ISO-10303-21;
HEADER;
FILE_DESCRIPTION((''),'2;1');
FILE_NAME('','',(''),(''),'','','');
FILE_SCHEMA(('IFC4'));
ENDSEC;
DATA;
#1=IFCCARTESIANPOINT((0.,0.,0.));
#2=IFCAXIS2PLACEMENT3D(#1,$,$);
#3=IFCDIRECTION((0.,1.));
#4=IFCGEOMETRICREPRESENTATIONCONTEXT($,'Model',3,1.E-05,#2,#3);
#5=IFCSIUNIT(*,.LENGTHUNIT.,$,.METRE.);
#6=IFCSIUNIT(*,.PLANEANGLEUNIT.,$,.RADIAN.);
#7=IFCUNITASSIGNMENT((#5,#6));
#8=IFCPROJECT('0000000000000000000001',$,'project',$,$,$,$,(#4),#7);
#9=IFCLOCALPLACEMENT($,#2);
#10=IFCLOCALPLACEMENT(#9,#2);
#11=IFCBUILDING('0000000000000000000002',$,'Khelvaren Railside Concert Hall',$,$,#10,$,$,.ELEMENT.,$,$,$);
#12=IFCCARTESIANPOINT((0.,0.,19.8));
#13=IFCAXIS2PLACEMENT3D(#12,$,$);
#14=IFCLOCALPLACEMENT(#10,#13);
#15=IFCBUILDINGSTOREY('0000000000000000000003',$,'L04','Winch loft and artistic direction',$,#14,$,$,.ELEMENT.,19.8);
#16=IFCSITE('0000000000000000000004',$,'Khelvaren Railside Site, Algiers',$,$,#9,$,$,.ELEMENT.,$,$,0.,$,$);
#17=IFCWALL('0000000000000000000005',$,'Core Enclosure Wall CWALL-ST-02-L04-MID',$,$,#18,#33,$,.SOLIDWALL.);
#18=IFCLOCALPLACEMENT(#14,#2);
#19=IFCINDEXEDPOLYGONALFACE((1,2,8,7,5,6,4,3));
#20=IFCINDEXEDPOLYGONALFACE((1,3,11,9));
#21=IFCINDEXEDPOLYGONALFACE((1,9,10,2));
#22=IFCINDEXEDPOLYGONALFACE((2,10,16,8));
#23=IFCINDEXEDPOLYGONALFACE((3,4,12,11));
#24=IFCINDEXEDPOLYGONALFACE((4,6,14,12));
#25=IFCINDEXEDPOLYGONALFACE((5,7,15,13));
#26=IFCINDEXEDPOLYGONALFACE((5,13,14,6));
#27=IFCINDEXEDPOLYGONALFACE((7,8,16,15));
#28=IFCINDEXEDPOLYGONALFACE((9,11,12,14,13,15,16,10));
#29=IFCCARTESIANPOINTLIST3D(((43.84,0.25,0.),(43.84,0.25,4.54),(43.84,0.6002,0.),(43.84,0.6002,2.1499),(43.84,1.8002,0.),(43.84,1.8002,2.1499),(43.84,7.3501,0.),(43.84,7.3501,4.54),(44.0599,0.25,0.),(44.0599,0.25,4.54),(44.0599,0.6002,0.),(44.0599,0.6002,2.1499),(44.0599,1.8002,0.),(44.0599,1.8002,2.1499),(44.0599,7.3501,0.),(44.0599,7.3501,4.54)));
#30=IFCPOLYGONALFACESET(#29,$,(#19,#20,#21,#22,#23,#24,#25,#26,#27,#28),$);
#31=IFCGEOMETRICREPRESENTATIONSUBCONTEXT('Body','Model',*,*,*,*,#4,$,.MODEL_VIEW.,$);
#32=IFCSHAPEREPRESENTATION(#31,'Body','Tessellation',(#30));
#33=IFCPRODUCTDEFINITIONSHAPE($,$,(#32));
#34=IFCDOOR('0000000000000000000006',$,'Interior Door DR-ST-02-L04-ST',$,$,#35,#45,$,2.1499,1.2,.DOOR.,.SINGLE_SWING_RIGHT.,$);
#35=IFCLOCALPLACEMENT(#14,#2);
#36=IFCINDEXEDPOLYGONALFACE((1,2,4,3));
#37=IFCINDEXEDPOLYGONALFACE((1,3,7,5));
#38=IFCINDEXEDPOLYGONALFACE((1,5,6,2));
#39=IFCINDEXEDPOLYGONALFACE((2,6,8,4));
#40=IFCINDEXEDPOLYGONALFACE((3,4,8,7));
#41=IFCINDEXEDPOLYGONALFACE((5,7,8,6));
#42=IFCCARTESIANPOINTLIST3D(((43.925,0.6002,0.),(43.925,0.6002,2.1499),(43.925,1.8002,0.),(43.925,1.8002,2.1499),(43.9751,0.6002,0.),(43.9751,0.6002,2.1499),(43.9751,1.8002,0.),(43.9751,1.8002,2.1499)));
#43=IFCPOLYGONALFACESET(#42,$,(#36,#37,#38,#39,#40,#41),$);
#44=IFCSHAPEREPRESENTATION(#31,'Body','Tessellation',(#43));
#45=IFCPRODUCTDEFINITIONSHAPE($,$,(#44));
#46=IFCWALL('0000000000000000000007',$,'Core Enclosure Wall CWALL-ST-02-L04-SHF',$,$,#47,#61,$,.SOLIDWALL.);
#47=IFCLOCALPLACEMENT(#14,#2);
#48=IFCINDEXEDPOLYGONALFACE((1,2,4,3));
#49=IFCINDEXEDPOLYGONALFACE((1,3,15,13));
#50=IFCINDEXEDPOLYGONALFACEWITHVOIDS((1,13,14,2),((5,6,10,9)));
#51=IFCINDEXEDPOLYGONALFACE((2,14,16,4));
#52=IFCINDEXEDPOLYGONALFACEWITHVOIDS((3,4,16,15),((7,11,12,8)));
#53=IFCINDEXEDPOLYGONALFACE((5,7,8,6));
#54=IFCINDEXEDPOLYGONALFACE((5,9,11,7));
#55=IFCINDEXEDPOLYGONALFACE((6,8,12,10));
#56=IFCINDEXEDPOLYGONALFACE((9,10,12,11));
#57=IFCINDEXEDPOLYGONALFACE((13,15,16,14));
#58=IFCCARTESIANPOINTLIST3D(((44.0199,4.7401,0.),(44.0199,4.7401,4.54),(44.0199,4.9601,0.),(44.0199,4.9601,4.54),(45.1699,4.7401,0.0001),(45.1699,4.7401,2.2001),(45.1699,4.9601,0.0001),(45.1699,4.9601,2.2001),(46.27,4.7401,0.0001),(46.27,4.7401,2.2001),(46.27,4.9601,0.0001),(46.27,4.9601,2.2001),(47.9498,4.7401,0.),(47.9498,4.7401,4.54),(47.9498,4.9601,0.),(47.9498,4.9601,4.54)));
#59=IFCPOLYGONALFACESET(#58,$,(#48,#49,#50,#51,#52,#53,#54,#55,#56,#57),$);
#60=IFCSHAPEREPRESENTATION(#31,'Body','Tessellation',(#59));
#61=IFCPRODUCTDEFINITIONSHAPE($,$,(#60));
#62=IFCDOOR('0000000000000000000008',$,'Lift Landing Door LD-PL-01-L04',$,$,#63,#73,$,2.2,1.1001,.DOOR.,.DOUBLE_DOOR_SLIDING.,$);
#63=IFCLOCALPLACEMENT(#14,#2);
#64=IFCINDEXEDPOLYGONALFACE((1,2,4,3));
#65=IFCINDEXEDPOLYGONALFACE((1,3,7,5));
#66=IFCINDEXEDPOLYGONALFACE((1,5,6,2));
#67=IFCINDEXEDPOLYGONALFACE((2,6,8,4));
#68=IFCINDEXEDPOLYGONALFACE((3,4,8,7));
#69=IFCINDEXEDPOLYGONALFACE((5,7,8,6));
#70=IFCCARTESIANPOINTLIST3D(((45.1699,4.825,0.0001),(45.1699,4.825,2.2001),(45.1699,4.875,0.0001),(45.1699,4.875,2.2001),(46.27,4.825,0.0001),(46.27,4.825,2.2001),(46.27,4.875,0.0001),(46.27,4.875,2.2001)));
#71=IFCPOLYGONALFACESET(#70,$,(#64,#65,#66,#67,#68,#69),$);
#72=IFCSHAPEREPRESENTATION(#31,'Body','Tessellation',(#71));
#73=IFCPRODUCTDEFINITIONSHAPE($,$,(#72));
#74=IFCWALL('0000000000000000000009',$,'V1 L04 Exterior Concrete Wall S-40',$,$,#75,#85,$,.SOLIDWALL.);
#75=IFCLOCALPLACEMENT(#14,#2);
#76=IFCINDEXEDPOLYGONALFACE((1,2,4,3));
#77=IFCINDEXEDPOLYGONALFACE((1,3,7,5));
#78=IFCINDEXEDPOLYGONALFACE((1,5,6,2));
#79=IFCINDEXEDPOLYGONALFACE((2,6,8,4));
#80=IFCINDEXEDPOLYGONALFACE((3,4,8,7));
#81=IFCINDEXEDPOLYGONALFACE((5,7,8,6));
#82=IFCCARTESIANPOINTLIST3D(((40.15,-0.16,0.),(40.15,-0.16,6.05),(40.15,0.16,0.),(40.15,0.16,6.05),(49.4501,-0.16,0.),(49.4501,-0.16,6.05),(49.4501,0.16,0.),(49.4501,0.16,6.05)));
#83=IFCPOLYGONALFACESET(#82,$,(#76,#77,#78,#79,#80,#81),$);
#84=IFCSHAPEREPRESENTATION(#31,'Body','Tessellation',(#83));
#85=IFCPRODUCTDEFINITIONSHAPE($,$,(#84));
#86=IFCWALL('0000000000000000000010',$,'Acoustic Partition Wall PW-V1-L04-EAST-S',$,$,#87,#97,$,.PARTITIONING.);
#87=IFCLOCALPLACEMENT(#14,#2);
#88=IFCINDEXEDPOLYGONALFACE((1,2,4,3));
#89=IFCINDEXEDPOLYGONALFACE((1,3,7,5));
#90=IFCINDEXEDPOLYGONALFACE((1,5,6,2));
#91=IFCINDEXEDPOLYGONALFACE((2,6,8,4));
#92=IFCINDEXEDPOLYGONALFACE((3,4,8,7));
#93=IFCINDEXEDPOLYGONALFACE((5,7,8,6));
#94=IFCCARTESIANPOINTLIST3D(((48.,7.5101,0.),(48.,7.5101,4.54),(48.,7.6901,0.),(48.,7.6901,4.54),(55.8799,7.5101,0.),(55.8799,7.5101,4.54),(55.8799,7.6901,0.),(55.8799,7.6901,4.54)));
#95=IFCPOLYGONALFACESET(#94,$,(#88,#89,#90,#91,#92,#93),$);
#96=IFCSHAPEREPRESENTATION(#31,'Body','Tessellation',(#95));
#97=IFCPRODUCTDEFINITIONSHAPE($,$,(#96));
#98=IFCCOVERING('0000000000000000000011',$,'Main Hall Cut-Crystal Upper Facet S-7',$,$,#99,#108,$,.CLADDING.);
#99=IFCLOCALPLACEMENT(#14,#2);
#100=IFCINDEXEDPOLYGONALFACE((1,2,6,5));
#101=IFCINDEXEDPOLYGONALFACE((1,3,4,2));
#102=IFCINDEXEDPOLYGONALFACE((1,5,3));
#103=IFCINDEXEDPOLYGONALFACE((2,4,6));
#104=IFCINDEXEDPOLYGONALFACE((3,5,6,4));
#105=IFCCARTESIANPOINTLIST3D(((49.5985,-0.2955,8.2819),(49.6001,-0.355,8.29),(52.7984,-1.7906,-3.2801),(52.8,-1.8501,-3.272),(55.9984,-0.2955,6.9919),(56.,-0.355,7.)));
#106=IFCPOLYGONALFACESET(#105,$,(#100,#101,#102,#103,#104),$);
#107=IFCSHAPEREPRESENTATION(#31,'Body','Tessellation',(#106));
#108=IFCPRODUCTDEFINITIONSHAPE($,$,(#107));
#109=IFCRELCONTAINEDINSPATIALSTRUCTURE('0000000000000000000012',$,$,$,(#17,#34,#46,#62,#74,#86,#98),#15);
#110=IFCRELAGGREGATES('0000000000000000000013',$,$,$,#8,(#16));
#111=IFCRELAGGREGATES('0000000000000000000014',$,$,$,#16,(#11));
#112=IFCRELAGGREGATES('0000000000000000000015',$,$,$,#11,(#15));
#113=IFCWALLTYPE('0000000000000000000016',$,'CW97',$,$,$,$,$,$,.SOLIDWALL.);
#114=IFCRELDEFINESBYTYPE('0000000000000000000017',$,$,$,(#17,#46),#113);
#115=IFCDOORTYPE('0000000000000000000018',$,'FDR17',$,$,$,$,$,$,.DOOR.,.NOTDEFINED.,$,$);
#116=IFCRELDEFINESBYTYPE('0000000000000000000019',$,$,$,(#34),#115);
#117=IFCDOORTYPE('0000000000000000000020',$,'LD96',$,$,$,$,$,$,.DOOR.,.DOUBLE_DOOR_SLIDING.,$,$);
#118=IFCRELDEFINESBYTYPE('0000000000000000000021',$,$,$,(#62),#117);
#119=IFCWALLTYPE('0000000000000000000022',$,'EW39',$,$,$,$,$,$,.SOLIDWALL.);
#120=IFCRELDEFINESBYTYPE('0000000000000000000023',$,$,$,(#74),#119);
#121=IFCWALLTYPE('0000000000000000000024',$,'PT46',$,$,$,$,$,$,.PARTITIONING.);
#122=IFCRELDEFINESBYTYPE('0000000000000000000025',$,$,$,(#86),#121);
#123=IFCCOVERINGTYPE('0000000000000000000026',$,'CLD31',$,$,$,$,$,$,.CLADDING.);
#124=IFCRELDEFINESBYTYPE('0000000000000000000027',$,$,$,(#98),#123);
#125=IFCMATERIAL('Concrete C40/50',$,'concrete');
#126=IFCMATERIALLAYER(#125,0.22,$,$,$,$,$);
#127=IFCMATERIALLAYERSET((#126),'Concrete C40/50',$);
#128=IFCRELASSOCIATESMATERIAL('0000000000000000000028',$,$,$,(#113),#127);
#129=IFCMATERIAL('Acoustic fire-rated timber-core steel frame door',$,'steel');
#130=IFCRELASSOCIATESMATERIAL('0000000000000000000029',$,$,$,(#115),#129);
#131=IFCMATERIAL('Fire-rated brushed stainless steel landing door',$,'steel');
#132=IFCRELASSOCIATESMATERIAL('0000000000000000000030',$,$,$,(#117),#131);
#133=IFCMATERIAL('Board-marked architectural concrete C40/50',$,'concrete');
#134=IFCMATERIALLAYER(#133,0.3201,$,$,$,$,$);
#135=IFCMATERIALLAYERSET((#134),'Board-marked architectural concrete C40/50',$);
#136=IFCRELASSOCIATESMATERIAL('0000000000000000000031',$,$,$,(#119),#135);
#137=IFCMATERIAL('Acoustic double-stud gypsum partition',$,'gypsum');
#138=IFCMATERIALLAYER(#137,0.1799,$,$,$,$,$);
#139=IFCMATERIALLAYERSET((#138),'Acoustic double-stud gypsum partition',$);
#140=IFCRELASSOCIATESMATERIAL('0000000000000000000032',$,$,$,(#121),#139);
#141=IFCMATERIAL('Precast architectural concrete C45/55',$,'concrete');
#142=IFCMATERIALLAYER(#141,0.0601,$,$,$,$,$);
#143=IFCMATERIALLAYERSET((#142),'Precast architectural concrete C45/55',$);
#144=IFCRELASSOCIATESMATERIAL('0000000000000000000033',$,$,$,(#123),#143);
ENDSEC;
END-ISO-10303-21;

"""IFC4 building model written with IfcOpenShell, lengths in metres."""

from ifc_helpers import new_model, si_unit, direction, frame, frame_2d, origin, place, context, subcontext, project, spatial, polyline, rectangle, outline, extrude, material, layer, layer_set, type_object, element, fill, save


model = new_model("IFC4")

# Units and contexts
model_context = context("Model", 3, precision=1e-05, world=origin(), true_north=direction((0.0, 1.0)))
body_context = subcontext(model_context, "Body", "Model", "MODEL_VIEW")
ifc_project = project(units=[si_unit("LENGTHUNIT", "METRE"), si_unit("PLANEANGLEUNIT", "RADIAN")], contexts=[model_context])

# Site, building, storey
site_placement = place(None, origin())
site = spatial("IfcSite", under=ifc_project, at=site_placement, Name="Khelvaren Railside Site, Algiers", CompositionType="ELEMENT", RefElevation=0.0)
building_placement = place(site_placement, origin())
building = spatial("IfcBuilding", under=site, at=building_placement, Name="Khelvaren Railside Concert Hall", CompositionType="ELEMENT")
storey_placement = place(building_placement, frame((0.0, 0.0, 19.8)))
storey = spatial("IfcBuildingStorey", under=building, at=storey_placement, Name="L04", Description="Winch loft and artistic direction", CompositionType="ELEMENT", Elevation=19.8)

# Shared definitions
ifc_material_1 = material(Name="Concrete C40/50", Category="concrete")

# Walls, openings, doors
ifc_material_2 = material(Name="Acoustic fire-rated timber-core steel frame door", Category="steel")
ifc_layer_1 = layer(ifc_material_1, 0.22)
ifc_layer_set_1 = layer_set([ifc_layer_1], Name="Concrete C40/50")
wall_type_1 = type_object("IfcWallType", Name="CW97", PredefinedType="SOLIDWALL", material=ifc_layer_set_1)
wall_1_placement = place(storey_placement, frame((43.95, 0.25, 0.0), z_axis=(0.0, 0.0, 1.0), x_axis=(0.0, 1.0, 0.0)))
wall_1 = element("IfcWall", 1, at=wall_1_placement, inside=storey, type_object=wall_type_1, Name="Core Enclosure Wall CWALL-ST-02-L04-MID", PredefinedType="SOLIDWALL", context=body_context, shape_type="SweptSolid", body=[
    extrude(rectangle(XDim=7.1001, YDim=0.22, at=frame_2d((3.55, 0.0))), origin(), (0.0, 0.0, 1.0), 4.54),
])
opening_1_placement = place(wall_1_placement, frame((0.3501, 0.0, 0.0)))
opening_1 = element("IfcOpeningElement", 2, at=opening_1_placement, cuts=wall_1, PredefinedType="OPENING", context=body_context, shape_type="SweptSolid", body=[
    extrude(rectangle(XDim=1.2, YDim=2.1499, at=frame_2d((0.6001, 1.075))), frame((0.0, 0.1199, 0.0), z_axis=(0.0, -1.0, 0.0), x_axis=(1.0, 0.0, 0.0)), (0.0, 0.0, 1.0), 0.24),
])
door_type_1 = type_object("IfcDoorType", Name="FDR17", OperationType="NOTDEFINED", PredefinedType="DOOR", material=ifc_material_2)
door_1_placement = place(opening_1_placement, origin())
door_1 = element("IfcDoor", 3, at=door_1_placement, inside=storey, type_object=door_type_1, Name="Interior Door DR-ST-02-L04-ST", OperationType="SINGLE_SWING_RIGHT", OverallHeight=2.1499, OverallWidth=1.2, PredefinedType="DOOR", context=body_context, shape_type="SweptSolid", body=[
    extrude(rectangle(XDim=1.2, YDim=2.1499, at=frame_2d((0.6001, 1.075))), frame((0.0, 0.0249, 0.0), z_axis=(0.0, -1.0, 0.0), x_axis=(1.0, 0.0, 0.0)), (0.0, 0.0, 1.0), 0.05),
])
fill(opening_1, door_1)
wall_2_placement = place(storey_placement, frame((44.02, 4.8501, 0.0), z_axis=(0.0, 0.0, 1.0), x_axis=(1.0, 0.0, 0.0)))
wall_2 = element("IfcWall", 4, at=wall_2_placement, inside=storey, type_object=wall_type_1, Name="Core Enclosure Wall CWALL-ST-02-L04-SHF", PredefinedType="SOLIDWALL", context=body_context, shape_type="SweptSolid", body=[
    extrude(rectangle(XDim=3.9299, YDim=0.22, at=frame_2d((1.9648, 0.0))), origin(), (0.0, 0.0, 1.0), 4.54),
])
opening_2_placement = place(wall_2_placement, frame((1.1499, 0.0, 0.0)))
opening_2 = element("IfcOpeningElement", 5, at=opening_2_placement, cuts=wall_2, PredefinedType="OPENING", context=body_context, shape_type="SweptSolid", body=[
    extrude(rectangle(XDim=1.1001, YDim=2.2, at=frame_2d((0.55, 1.1001))), frame((0.0, 0.1199, 0.0), z_axis=(0.0, -1.0, 0.0), x_axis=(1.0, 0.0, 0.0)), (0.0, 0.0, 1.0), 0.24),
])
ifc_material_3 = material(Name="Fire-rated brushed stainless steel landing door", Category="steel")
door_type_2 = type_object("IfcDoorType", Name="LD96", OperationType="DOUBLE_DOOR_SLIDING", PredefinedType="DOOR", material=ifc_material_3)
door_2_placement = place(opening_2_placement, origin())
door_2 = element("IfcDoor", 6, at=door_2_placement, inside=storey, type_object=door_type_2, Name="Lift Landing Door LD-PL-01-L04", OperationType="DOUBLE_DOOR_SLIDING", OverallHeight=2.2, OverallWidth=1.1001, PredefinedType="DOOR", context=body_context, shape_type="SweptSolid", body=[
    extrude(rectangle(XDim=1.1001, YDim=2.2, at=frame_2d((0.55, 1.1001))), frame((0.0, 0.0249, 0.0), z_axis=(0.0, -1.0, 0.0), x_axis=(1.0, 0.0, 0.0)), (0.0, 0.0, 1.0), 0.05),
])
fill(opening_2, door_2)

# Walls
ifc_material_4 = material(Name="Board-marked architectural concrete C40/50", Category="concrete")
ifc_layer_2 = layer(ifc_material_4, 0.3201)
ifc_layer_set_2 = layer_set([ifc_layer_2], Name="Board-marked architectural concrete C40/50")
wall_type_2 = type_object("IfcWallType", Name="EW39", PredefinedType="SOLIDWALL", material=ifc_layer_set_2)
wall_3_placement = place(storey_placement, frame((49.45, 0.0, 0.0), z_axis=(0.0, 0.0, 1.0), x_axis=(-1.0, 0.0, 0.0)))
element("IfcWall", 7, at=wall_3_placement, inside=storey, type_object=wall_type_2, Name="V1 L04 Exterior Concrete Wall S-40", PredefinedType="SOLIDWALL", context=body_context, shape_type="SweptSolid", body=[
    extrude(rectangle(XDim=9.3, YDim=0.3201, at=frame_2d((4.6499, 0.0))), origin(), (0.0, 0.0, 1.0), 6.05),
])
ifc_material_5 = material(Name="Acoustic double-stud gypsum partition", Category="gypsum")
ifc_layer_3 = layer(ifc_material_5, 0.1799)
ifc_layer_set_3 = layer_set([ifc_layer_3], Name="Acoustic double-stud gypsum partition")
wall_type_3 = type_object("IfcWallType", Name="PT46", PredefinedType="PARTITIONING", material=ifc_layer_set_3)
wall_4_placement = place(storey_placement, frame((48.0, 7.6001, 0.0), z_axis=(0.0, 0.0, 1.0), x_axis=(1.0, 0.0, 0.0)))
element("IfcWall", 8, at=wall_4_placement, inside=storey, type_object=wall_type_3, Name="Acoustic Partition Wall PW-V1-L04-EAST-S", PredefinedType="PARTITIONING", context=body_context, shape_type="SweptSolid", body=[
    extrude(rectangle(XDim=7.8799, YDim=0.1799, at=frame_2d((3.9399, 0.0))), origin(), (0.0, 0.0, 1.0), 4.54),
])

# Covering
ifc_material_6 = material(Name="Precast architectural concrete C45/55", Category="concrete")
ifc_layer_4 = layer(ifc_material_6, 0.0601)
ifc_layer_set_4 = layer_set([ifc_layer_4], Name="Precast architectural concrete C45/55")
covering_type = type_object("IfcCoveringType", Name="CLD31", PredefinedType="CLADDING", material=ifc_layer_set_4)
covering_placement = place(storey_placement, frame((49.6001, -0.355, 8.29), z_axis=(0.02734, -0.990381, 0.135636), x_axis=(0.980283, 0.0, -0.197597)))
element("IfcCovering", 9, at=covering_placement, inside=storey, type_object=covering_type, Name="Main Hall Cut-Crystal Upper Facet S-7", PredefinedType="CLADDING", context=body_context, shape_type="SweptSolid", body=[
    extrude(outline(polyline([(0.0, 0.0), (6.5286, 0.0), (5.4215, -10.8057), (0.0, 0.0)])), origin(), (0.0, 0.0, -1.0), 0.0601),
])

save(model, "model.ifc")
